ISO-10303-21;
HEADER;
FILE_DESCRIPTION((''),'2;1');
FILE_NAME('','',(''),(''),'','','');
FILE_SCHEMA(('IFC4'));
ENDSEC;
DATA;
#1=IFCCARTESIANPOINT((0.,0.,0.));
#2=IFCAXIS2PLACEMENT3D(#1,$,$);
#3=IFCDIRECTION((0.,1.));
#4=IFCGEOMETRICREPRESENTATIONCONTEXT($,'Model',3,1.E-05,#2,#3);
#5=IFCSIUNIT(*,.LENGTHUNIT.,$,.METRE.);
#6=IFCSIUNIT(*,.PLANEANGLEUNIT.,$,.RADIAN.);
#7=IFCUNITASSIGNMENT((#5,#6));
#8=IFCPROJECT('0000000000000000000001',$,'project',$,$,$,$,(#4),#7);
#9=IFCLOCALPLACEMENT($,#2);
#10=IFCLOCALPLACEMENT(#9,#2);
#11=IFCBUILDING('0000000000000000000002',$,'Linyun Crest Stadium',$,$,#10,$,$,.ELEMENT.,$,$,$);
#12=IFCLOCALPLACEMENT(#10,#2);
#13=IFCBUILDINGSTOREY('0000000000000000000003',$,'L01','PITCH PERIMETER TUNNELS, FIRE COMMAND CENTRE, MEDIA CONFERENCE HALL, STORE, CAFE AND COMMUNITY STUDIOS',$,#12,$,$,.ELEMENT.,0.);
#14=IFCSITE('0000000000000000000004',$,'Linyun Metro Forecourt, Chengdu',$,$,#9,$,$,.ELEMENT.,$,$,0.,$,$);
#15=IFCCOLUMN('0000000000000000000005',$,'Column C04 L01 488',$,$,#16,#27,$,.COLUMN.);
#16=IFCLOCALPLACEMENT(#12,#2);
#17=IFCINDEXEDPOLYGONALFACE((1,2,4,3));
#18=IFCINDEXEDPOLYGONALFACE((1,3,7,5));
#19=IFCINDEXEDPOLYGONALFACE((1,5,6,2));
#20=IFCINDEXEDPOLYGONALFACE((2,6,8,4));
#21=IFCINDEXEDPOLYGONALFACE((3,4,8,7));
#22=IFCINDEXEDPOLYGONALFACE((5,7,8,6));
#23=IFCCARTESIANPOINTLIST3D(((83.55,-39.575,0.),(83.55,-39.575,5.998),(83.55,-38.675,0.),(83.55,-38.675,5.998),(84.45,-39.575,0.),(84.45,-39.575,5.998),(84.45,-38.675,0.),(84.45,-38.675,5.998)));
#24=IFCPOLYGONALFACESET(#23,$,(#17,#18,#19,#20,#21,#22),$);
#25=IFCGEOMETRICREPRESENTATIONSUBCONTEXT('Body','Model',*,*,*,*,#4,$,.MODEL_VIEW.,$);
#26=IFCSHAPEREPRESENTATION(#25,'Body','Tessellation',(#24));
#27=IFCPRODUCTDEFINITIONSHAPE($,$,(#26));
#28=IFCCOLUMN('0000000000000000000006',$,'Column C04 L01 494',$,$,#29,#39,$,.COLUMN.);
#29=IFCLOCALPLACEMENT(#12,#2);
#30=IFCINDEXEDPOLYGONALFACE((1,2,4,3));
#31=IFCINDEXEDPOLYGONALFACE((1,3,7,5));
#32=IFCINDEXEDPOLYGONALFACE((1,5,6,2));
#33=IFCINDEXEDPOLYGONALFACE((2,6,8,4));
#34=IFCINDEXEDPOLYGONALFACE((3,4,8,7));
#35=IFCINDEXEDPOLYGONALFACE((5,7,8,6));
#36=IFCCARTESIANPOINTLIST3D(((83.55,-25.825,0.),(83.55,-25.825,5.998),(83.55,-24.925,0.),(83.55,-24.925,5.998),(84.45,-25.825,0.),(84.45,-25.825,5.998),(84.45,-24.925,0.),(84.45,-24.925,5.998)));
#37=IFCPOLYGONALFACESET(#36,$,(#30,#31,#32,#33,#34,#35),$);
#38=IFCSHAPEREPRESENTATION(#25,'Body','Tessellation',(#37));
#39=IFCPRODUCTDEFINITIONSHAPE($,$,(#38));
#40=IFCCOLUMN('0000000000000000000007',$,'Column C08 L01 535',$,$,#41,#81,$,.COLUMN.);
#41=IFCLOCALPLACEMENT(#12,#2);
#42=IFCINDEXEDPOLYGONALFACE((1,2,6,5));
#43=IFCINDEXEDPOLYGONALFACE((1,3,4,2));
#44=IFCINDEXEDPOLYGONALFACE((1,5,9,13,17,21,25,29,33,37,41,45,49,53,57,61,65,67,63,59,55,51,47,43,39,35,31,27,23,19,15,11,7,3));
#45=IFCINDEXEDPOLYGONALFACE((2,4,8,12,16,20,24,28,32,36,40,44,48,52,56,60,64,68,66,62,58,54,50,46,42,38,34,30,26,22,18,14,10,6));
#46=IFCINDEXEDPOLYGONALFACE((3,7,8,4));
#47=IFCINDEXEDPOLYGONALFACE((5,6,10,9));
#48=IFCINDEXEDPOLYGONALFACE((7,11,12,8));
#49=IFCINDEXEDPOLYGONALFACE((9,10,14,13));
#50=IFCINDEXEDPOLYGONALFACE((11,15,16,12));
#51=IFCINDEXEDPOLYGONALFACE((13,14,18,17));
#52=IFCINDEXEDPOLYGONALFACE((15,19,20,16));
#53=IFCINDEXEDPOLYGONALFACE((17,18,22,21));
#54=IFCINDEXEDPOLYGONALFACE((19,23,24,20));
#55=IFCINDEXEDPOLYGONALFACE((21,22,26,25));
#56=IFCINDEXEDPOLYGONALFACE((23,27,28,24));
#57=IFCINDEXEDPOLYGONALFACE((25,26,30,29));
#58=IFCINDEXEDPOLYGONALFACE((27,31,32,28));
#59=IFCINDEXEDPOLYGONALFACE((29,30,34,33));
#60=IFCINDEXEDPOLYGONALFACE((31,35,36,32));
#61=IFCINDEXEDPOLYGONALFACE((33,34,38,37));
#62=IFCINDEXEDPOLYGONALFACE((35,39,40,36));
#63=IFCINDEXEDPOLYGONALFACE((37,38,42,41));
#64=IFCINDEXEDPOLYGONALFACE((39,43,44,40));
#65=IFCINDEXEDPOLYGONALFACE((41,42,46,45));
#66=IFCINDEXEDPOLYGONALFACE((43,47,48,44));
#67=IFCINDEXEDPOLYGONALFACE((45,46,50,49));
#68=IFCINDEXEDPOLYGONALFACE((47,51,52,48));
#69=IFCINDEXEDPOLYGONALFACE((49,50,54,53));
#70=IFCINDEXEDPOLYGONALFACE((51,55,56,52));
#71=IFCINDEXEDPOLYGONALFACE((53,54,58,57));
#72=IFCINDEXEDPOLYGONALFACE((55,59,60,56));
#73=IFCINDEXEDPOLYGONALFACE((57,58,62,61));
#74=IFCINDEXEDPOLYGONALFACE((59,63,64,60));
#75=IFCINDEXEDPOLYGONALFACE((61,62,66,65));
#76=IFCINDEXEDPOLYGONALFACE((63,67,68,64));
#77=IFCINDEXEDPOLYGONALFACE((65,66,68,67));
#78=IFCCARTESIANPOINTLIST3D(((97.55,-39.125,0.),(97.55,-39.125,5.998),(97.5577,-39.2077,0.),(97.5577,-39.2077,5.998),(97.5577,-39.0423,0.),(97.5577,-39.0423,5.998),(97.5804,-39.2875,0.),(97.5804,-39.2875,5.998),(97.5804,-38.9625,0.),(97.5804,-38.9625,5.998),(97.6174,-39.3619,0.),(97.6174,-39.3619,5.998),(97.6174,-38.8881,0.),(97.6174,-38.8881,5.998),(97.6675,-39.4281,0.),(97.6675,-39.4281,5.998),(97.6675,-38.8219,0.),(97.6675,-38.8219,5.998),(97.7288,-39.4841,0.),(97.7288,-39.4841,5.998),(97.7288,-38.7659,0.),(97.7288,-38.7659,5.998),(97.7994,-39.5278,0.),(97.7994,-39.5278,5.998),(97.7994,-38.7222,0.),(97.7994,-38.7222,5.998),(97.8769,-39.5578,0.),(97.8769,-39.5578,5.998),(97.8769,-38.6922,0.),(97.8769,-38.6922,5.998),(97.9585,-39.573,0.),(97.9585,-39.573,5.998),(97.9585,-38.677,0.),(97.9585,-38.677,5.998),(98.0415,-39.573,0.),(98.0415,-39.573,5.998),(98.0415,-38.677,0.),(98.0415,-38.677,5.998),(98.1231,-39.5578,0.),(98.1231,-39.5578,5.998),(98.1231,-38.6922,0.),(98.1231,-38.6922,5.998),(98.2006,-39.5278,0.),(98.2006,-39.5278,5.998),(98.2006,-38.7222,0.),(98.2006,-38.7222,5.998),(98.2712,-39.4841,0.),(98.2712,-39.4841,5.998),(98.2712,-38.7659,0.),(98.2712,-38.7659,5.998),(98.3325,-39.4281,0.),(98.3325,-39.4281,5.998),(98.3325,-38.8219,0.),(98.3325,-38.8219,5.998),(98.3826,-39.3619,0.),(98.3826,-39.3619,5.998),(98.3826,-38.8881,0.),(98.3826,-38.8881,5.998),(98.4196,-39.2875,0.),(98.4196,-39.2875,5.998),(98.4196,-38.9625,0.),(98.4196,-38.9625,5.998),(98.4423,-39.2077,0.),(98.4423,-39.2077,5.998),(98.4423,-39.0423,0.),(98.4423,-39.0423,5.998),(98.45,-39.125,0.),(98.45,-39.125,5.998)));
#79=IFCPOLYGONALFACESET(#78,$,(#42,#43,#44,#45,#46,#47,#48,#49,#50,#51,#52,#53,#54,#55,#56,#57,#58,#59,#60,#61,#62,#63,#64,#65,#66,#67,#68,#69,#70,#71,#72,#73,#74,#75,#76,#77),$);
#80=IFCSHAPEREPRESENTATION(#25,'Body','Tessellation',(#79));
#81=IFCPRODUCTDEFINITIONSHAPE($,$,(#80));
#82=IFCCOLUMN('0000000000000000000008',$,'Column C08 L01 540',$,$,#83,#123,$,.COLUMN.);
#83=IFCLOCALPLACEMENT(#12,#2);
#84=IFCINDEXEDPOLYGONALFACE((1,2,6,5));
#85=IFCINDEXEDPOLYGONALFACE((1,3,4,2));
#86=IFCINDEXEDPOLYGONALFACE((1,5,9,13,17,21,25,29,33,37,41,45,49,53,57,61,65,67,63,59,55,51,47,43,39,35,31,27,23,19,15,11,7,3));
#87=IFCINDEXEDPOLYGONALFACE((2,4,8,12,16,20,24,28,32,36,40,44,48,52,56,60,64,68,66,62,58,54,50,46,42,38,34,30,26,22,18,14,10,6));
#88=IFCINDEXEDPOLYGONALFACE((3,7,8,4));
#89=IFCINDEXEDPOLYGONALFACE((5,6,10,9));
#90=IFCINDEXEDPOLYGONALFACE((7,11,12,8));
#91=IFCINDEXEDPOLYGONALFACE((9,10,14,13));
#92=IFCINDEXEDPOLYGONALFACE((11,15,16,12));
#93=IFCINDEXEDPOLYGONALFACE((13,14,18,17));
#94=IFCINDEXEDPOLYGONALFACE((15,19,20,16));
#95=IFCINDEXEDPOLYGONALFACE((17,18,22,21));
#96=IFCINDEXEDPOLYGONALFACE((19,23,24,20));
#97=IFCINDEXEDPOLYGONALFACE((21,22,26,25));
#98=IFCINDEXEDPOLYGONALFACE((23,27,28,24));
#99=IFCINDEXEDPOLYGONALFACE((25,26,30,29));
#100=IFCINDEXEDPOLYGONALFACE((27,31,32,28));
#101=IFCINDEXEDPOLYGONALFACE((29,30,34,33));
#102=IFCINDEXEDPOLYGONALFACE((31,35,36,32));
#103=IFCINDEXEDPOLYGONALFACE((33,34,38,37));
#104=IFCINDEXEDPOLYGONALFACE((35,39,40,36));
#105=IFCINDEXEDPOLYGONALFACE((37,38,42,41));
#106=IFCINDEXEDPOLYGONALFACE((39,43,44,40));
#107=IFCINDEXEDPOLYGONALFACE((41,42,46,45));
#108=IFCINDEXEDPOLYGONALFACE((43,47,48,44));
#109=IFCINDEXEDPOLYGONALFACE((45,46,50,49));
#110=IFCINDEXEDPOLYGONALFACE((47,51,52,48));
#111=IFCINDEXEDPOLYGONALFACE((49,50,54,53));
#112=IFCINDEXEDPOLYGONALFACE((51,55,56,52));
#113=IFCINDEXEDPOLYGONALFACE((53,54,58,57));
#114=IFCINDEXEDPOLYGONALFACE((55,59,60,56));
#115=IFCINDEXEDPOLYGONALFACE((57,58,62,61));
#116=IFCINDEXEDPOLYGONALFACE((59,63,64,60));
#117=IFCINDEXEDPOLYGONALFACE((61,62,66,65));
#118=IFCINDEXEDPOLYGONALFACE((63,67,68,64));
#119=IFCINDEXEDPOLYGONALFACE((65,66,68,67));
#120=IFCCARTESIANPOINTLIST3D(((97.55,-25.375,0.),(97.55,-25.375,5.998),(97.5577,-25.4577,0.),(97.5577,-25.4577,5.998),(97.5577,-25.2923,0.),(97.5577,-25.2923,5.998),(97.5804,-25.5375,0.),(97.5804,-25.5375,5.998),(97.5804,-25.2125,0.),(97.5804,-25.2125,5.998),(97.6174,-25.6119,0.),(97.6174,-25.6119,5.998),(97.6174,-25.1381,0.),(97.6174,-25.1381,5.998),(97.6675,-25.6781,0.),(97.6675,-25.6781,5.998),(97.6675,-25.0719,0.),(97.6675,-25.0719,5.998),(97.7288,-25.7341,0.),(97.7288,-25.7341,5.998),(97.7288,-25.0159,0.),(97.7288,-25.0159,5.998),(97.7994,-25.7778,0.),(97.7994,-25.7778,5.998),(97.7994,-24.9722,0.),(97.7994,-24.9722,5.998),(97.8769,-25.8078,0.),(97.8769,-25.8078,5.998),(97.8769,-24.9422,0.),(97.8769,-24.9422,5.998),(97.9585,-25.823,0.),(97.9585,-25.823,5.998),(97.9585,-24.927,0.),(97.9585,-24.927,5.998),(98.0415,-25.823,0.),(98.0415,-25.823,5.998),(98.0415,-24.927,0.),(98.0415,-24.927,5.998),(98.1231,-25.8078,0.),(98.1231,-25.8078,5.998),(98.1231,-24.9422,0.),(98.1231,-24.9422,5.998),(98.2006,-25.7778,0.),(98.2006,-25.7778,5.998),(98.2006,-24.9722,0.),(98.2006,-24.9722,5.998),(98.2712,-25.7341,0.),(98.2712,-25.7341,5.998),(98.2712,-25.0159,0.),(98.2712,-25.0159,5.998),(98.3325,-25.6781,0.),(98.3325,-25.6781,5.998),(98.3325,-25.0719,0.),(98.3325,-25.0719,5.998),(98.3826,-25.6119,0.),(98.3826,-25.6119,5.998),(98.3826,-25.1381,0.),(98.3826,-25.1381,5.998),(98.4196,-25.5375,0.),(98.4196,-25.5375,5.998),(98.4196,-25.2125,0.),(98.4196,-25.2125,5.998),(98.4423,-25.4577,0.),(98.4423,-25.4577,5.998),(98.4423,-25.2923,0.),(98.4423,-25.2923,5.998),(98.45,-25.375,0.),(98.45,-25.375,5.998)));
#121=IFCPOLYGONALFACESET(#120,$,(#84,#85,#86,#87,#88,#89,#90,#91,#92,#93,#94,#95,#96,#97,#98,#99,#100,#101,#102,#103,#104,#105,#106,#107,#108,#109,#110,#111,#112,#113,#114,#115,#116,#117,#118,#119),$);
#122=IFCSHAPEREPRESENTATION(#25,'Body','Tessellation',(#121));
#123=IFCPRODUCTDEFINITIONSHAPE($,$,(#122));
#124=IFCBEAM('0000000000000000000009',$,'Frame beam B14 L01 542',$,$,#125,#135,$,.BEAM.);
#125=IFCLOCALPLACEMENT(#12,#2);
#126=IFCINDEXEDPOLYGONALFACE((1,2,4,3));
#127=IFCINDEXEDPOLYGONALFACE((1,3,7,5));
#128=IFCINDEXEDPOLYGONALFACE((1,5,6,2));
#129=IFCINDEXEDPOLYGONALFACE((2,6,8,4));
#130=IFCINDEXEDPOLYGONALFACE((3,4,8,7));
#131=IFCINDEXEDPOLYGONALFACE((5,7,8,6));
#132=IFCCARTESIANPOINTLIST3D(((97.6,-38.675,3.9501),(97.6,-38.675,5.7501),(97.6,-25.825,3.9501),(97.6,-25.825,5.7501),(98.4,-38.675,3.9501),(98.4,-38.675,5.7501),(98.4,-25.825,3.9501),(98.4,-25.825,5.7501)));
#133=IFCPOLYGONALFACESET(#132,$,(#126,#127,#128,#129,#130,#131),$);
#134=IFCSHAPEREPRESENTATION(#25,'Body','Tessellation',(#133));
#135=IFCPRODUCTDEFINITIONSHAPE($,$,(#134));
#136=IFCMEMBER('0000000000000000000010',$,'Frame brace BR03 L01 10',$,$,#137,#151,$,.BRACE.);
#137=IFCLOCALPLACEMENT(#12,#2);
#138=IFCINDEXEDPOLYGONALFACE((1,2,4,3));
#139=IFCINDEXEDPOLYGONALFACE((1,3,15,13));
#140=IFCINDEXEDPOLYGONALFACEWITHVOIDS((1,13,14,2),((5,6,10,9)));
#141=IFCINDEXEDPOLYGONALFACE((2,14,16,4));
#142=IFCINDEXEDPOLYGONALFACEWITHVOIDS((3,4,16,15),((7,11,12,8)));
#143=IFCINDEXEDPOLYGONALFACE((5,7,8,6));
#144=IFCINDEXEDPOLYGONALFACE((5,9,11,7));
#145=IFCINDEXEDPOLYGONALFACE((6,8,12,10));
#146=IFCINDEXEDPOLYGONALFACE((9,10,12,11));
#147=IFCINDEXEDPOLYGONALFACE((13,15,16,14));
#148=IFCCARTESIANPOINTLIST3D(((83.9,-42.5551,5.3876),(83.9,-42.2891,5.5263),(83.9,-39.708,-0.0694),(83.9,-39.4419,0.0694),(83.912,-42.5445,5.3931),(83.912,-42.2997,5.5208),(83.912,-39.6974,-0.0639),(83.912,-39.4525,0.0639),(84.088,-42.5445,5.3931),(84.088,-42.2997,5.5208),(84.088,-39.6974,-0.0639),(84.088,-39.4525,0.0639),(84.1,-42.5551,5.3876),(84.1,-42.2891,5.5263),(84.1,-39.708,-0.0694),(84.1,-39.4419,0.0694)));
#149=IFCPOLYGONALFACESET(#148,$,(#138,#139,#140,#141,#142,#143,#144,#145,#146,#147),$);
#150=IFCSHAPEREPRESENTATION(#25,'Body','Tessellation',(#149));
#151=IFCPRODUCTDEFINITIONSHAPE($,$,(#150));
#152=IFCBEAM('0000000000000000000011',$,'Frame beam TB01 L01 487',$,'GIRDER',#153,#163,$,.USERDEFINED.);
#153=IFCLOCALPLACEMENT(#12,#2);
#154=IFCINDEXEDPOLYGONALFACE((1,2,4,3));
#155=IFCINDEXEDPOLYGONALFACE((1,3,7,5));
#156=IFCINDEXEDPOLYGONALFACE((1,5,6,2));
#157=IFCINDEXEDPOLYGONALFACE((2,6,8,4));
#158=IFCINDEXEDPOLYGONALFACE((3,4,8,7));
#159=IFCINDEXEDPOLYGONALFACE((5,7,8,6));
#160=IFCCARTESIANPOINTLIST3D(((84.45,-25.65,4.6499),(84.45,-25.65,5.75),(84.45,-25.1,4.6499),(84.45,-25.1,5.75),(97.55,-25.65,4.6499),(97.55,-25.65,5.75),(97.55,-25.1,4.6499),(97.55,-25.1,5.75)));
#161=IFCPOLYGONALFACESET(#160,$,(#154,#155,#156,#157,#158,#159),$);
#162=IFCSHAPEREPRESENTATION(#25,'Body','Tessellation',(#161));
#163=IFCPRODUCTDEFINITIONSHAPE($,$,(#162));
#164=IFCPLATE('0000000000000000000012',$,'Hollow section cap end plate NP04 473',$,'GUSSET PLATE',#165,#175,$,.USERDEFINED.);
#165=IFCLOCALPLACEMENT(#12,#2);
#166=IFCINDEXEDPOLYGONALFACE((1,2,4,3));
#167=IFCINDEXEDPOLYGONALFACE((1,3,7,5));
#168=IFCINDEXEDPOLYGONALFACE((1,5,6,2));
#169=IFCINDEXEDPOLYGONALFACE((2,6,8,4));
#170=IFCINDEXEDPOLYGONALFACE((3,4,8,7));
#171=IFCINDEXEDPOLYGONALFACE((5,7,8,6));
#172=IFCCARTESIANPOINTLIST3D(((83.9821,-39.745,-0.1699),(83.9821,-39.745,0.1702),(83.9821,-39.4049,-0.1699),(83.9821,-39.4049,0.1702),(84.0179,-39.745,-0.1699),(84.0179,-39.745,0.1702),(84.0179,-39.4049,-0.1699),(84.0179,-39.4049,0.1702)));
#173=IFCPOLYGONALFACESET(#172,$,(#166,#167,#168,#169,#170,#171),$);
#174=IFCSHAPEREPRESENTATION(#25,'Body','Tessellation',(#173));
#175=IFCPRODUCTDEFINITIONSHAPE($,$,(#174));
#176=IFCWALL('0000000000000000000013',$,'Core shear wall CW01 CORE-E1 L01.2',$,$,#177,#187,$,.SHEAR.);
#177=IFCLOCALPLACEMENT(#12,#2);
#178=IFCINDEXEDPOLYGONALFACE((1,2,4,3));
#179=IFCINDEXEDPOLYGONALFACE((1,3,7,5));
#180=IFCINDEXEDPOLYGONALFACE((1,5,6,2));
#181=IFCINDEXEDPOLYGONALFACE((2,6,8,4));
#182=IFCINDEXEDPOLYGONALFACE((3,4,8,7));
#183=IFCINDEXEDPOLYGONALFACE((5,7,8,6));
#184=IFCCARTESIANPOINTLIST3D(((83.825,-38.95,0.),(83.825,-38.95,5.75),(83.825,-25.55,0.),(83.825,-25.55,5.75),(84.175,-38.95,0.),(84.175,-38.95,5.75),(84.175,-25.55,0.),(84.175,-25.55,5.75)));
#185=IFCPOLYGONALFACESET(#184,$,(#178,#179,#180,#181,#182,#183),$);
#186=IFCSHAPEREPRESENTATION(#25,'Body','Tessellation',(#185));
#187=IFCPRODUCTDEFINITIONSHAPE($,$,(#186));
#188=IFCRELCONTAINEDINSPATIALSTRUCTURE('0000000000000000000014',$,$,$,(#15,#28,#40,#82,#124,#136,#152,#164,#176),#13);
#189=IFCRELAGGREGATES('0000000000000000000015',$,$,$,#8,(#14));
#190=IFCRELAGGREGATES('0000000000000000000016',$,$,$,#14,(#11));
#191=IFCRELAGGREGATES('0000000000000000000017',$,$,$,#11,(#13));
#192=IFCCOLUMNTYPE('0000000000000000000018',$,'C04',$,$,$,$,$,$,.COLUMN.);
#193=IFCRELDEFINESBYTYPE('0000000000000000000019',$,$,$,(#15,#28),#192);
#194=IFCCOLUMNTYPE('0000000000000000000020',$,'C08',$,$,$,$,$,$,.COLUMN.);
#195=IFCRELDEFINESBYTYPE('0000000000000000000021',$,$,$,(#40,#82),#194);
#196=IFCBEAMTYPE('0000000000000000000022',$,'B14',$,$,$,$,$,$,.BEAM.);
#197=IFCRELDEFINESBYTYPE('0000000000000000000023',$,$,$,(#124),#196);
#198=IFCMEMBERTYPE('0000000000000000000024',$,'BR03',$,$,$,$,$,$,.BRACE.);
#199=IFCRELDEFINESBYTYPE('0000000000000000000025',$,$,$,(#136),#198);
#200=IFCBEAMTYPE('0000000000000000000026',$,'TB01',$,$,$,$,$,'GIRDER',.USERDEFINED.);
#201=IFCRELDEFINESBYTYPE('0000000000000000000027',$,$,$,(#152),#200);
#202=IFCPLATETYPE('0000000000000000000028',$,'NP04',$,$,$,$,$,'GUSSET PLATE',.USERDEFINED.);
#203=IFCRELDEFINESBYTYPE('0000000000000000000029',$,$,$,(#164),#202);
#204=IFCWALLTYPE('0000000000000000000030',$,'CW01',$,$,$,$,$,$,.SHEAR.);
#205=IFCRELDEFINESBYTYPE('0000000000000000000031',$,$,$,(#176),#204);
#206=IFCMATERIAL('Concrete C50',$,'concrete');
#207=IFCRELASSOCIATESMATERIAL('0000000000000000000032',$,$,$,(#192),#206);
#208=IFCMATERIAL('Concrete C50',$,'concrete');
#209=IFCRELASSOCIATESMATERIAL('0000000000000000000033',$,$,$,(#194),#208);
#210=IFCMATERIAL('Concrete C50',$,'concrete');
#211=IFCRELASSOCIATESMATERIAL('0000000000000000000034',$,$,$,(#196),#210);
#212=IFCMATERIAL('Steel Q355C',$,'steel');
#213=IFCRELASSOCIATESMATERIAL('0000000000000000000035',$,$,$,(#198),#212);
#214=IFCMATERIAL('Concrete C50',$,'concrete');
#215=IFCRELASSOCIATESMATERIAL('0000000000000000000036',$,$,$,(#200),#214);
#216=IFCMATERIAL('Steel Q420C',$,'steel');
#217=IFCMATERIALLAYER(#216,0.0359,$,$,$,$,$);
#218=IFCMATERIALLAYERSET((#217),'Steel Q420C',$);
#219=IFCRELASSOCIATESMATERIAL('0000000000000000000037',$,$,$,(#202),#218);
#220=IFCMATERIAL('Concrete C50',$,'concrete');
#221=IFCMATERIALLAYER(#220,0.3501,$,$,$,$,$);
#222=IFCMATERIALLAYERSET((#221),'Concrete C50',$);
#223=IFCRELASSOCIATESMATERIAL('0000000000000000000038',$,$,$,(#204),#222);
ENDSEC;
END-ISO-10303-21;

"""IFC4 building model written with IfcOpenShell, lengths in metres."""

from ifc_helpers import new_model, si_unit, direction, frame, frame_2d, origin, origin_2d, place, context, subcontext, project, spatial, rectangle, hollow_rectangle, circle, extrude, material, layer, layer_set, material_profile, profile_set, type_object, element, save


model = new_model("IFC4")

# Units and contexts
model_context = context("Model", 3, precision=1e-05, world=origin(), true_north=direction((0.0, 1.0)))
body_context = subcontext(model_context, "Body", "Model", "MODEL_VIEW")
ifc_project = project(units=[si_unit("LENGTHUNIT", "METRE"), si_unit("PLANEANGLEUNIT", "RADIAN")], contexts=[model_context])

# Site, building, storey
site_placement = place(None, origin())
site = spatial("IfcSite", under=ifc_project, at=site_placement, Name="Linyun Metro Forecourt, Chengdu", CompositionType="ELEMENT", RefElevation=0.0)
building_placement = place(site_placement, origin())
building = spatial("IfcBuilding", under=site, at=building_placement, Name="Linyun Crest Stadium", CompositionType="ELEMENT")
storey_placement = place(building_placement, origin())
storey = spatial("IfcBuildingStorey", under=building, at=storey_placement, Name="L01", Description="PITCH PERIMETER TUNNELS, FIRE COMMAND CENTRE, MEDIA CONFERENCE HALL, STORE, CAFE AND COMMUNITY STUDIOS", CompositionType="ELEMENT", Elevation=0.0)

# Columns
ifc_material_1 = material(Name="Concrete C50", Category="concrete")
ifc_material_profile_1 = material_profile(ifc_material_1, rectangle(XDim=0.8999, YDim=0.8999, at=origin_2d()), Name="RC 900x900")
ifc_profile_set_1 = profile_set([ifc_material_profile_1], Name="Concrete C50")
column_type_1 = type_object("IfcColumnType", Name="C04", PredefinedType="COLUMN", material=ifc_profile_set_1)
for number, where, z_axis, x_axis, name in (
    (1, (84.0, -39.125, 0.0), (0.0, 0.0, 1.0), (1.0, 0.0, 0.0), "Column C04 L01 488"),
    (2, (84.0, -25.375, 0.0), (0.0, 0.0, 1.0), (1.0, 0.0, 0.0), "Column C04 L01 494"),
):
    element("IfcColumn", number, at=place(storey_placement, frame(where, z_axis=z_axis, x_axis=x_axis)), inside=storey, type_object=column_type_1, Name=name, PredefinedType="COLUMN", context=body_context, shape_type="SweptSolid", body=[
        extrude(rectangle(XDim=0.8999, YDim=0.8999, at=origin_2d()), origin(), (0.0, 0.0, 1.0), 5.998),
    ])
ifc_material_2 = material(Name="Concrete C50", Category="concrete")
ifc_material_profile_2 = material_profile(ifc_material_2, circle(Radius=0.45, at=origin_2d()), Name="RC D900")
ifc_profile_set_2 = profile_set([ifc_material_profile_2], Name="Concrete C50")
column_type_2 = type_object("IfcColumnType", Name="C08", PredefinedType="COLUMN", material=ifc_profile_set_2)
for number, where, z_axis, x_axis, name in (
    (3, (98.0, -39.125, 0.0), (0.0, 0.0, 1.0), (1.0, 0.0, 0.0), "Column C08 L01 535"),
    (4, (98.0, -25.375, 0.0), (0.0, 0.0, 1.0), (1.0, 0.0, 0.0), "Column C08 L01 540"),
):
    element("IfcColumn", number, at=place(storey_placement, frame(where, z_axis=z_axis, x_axis=x_axis)), inside=storey, type_object=column_type_2, Name=name, PredefinedType="COLUMN", context=body_context, shape_type="SweptSolid", body=[
        extrude(circle(Radius=0.45, at=origin_2d()), origin(), (0.0, 0.0, 1.0), 5.998),
    ])

# Beam
ifc_material_3 = material(Name="Concrete C50", Category="concrete")
ifc_material_profile_3 = material_profile(ifc_material_3, rectangle(XDim=0.8, YDim=1.8, at=origin_2d()), Name="RCB 1800x800")
ifc_profile_set_3 = profile_set([ifc_material_profile_3], Name="Concrete C50")
beam_type_1 = type_object("IfcBeamType", Name="B14", PredefinedType="BEAM", material=ifc_profile_set_3)
beam_1_placement = place(storey_placement, frame((98.0, -38.675, 4.8501), z_axis=(0.0, 1.0, 0.0), x_axis=(-1.0, 0.0, 0.0)))
element("IfcBeam", 5, at=beam_1_placement, inside=storey, type_object=beam_type_1, Name="Frame beam B14 L01 542", PredefinedType="BEAM", context=body_context, shape_type="SweptSolid", body=[
    extrude(rectangle(XDim=0.8, YDim=1.8, at=origin_2d()), origin(), (0.0, 0.0, 1.0), 12.8501),
])

# Member
ifc_material_4 = material(Name="Steel Q355C", Category="steel")
ifc_material_profile_4 = material_profile(ifc_material_4, hollow_rectangle(XDim=0.2, YDim=0.3, WallThickness=0.012, at=origin_2d()), Name="RHS 300x200x12")
ifc_profile_set_4 = profile_set([ifc_material_profile_4], Name="Steel Q355C")
member_type = type_object("IfcMemberType", Name="BR03", PredefinedType="BRACE", material=ifc_profile_set_4)
member_placement = place(storey_placement, frame((84.0, -39.575, 0.0), z_axis=(0.0, -0.462569, 0.886583), x_axis=(1.0, 0.0, 0.0)))
element("IfcMember", 6, at=member_placement, inside=storey, type_object=member_type, Name="Frame brace BR03 L01 10", PredefinedType="BRACE", context=body_context, shape_type="SweptSolid", body=[
    extrude(hollow_rectangle(XDim=0.2, YDim=0.3, WallThickness=0.012, at=origin_2d()), origin(), (0.0, 0.0, 1.0), 6.155),
])

# Beam
ifc_material_5 = material(Name="Concrete C50", Category="concrete")
ifc_material_profile_5 = material_profile(ifc_material_5, rectangle(XDim=0.55, YDim=1.1001, at=origin_2d()), Name="RCB 1100x550")
ifc_profile_set_5 = profile_set([ifc_material_profile_5], Name="Concrete C50")
beam_type_2 = type_object("IfcBeamType", Name="TB01", ElementType="GIRDER", PredefinedType="USERDEFINED", material=ifc_profile_set_5)
beam_2_placement = place(storey_placement, frame((84.45, -25.375, 5.2), z_axis=(1.0, 0.0, 0.0), x_axis=(0.0, 1.0, 0.0)))
element("IfcBeam", 7, at=beam_2_placement, inside=storey, type_object=beam_type_2, Name="Frame beam TB01 L01 487", ObjectType="GIRDER", PredefinedType="USERDEFINED", context=body_context, shape_type="SweptSolid", body=[
    extrude(rectangle(XDim=0.55, YDim=1.1001, at=origin_2d()), origin(), (0.0, 0.0, 1.0), 13.1001),
])

# Plate
ifc_material_6 = material(Name="Steel Q420C", Category="steel")
ifc_layer_1 = layer(ifc_material_6, 0.0359)
ifc_layer_set_1 = layer_set([ifc_layer_1], Name="Steel Q420C")
plate_type = type_object("IfcPlateType", Name="NP04", ElementType="GUSSET PLATE", PredefinedType="USERDEFINED", material=ifc_layer_set_1)
plate_placement = place(storey_placement, frame((84.0, -39.575, -0.1699), z_axis=(0.0, 0.0, 1.0), x_axis=(0.0, 1.0, 0.0)))
element("IfcPlate", 8, at=plate_placement, inside=storey, type_object=plate_type, Name="Hollow section cap end plate NP04 473", ObjectType="GUSSET PLATE", PredefinedType="USERDEFINED", context=body_context, shape_type="SweptSolid", body=[
    extrude(rectangle(XDim=0.3401, YDim=0.0359, at=origin_2d()), origin(), (0.0, 0.0, 1.0), 0.3401),
])

# Wall
ifc_material_7 = material(Name="Concrete C50", Category="concrete")
ifc_layer_2 = layer(ifc_material_7, 0.3501)
ifc_layer_set_2 = layer_set([ifc_layer_2], Name="Concrete C50")
wall_type_1 = type_object("IfcWallType", Name="CW01", PredefinedType="SHEAR", material=ifc_layer_set_2)
wall_1_placement = place(storey_placement, frame((84.0, -38.95, 0.0), z_axis=(0.0, 0.0, 1.0), x_axis=(0.0, 1.0, 0.0)))
element("IfcWall", 9, at=wall_1_placement, inside=storey, type_object=wall_type_1, Name="Core shear wall CW01 CORE-E1 L01.2", PredefinedType="SHEAR", context=body_context, shape_type="SweptSolid", body=[
    extrude(rectangle(XDim=13.3999, YDim=0.3501, at=frame_2d((6.7, 0.0))), origin(), (0.0, 0.0, 1.0), 5.75),
])

save(model, "model.ifc")
